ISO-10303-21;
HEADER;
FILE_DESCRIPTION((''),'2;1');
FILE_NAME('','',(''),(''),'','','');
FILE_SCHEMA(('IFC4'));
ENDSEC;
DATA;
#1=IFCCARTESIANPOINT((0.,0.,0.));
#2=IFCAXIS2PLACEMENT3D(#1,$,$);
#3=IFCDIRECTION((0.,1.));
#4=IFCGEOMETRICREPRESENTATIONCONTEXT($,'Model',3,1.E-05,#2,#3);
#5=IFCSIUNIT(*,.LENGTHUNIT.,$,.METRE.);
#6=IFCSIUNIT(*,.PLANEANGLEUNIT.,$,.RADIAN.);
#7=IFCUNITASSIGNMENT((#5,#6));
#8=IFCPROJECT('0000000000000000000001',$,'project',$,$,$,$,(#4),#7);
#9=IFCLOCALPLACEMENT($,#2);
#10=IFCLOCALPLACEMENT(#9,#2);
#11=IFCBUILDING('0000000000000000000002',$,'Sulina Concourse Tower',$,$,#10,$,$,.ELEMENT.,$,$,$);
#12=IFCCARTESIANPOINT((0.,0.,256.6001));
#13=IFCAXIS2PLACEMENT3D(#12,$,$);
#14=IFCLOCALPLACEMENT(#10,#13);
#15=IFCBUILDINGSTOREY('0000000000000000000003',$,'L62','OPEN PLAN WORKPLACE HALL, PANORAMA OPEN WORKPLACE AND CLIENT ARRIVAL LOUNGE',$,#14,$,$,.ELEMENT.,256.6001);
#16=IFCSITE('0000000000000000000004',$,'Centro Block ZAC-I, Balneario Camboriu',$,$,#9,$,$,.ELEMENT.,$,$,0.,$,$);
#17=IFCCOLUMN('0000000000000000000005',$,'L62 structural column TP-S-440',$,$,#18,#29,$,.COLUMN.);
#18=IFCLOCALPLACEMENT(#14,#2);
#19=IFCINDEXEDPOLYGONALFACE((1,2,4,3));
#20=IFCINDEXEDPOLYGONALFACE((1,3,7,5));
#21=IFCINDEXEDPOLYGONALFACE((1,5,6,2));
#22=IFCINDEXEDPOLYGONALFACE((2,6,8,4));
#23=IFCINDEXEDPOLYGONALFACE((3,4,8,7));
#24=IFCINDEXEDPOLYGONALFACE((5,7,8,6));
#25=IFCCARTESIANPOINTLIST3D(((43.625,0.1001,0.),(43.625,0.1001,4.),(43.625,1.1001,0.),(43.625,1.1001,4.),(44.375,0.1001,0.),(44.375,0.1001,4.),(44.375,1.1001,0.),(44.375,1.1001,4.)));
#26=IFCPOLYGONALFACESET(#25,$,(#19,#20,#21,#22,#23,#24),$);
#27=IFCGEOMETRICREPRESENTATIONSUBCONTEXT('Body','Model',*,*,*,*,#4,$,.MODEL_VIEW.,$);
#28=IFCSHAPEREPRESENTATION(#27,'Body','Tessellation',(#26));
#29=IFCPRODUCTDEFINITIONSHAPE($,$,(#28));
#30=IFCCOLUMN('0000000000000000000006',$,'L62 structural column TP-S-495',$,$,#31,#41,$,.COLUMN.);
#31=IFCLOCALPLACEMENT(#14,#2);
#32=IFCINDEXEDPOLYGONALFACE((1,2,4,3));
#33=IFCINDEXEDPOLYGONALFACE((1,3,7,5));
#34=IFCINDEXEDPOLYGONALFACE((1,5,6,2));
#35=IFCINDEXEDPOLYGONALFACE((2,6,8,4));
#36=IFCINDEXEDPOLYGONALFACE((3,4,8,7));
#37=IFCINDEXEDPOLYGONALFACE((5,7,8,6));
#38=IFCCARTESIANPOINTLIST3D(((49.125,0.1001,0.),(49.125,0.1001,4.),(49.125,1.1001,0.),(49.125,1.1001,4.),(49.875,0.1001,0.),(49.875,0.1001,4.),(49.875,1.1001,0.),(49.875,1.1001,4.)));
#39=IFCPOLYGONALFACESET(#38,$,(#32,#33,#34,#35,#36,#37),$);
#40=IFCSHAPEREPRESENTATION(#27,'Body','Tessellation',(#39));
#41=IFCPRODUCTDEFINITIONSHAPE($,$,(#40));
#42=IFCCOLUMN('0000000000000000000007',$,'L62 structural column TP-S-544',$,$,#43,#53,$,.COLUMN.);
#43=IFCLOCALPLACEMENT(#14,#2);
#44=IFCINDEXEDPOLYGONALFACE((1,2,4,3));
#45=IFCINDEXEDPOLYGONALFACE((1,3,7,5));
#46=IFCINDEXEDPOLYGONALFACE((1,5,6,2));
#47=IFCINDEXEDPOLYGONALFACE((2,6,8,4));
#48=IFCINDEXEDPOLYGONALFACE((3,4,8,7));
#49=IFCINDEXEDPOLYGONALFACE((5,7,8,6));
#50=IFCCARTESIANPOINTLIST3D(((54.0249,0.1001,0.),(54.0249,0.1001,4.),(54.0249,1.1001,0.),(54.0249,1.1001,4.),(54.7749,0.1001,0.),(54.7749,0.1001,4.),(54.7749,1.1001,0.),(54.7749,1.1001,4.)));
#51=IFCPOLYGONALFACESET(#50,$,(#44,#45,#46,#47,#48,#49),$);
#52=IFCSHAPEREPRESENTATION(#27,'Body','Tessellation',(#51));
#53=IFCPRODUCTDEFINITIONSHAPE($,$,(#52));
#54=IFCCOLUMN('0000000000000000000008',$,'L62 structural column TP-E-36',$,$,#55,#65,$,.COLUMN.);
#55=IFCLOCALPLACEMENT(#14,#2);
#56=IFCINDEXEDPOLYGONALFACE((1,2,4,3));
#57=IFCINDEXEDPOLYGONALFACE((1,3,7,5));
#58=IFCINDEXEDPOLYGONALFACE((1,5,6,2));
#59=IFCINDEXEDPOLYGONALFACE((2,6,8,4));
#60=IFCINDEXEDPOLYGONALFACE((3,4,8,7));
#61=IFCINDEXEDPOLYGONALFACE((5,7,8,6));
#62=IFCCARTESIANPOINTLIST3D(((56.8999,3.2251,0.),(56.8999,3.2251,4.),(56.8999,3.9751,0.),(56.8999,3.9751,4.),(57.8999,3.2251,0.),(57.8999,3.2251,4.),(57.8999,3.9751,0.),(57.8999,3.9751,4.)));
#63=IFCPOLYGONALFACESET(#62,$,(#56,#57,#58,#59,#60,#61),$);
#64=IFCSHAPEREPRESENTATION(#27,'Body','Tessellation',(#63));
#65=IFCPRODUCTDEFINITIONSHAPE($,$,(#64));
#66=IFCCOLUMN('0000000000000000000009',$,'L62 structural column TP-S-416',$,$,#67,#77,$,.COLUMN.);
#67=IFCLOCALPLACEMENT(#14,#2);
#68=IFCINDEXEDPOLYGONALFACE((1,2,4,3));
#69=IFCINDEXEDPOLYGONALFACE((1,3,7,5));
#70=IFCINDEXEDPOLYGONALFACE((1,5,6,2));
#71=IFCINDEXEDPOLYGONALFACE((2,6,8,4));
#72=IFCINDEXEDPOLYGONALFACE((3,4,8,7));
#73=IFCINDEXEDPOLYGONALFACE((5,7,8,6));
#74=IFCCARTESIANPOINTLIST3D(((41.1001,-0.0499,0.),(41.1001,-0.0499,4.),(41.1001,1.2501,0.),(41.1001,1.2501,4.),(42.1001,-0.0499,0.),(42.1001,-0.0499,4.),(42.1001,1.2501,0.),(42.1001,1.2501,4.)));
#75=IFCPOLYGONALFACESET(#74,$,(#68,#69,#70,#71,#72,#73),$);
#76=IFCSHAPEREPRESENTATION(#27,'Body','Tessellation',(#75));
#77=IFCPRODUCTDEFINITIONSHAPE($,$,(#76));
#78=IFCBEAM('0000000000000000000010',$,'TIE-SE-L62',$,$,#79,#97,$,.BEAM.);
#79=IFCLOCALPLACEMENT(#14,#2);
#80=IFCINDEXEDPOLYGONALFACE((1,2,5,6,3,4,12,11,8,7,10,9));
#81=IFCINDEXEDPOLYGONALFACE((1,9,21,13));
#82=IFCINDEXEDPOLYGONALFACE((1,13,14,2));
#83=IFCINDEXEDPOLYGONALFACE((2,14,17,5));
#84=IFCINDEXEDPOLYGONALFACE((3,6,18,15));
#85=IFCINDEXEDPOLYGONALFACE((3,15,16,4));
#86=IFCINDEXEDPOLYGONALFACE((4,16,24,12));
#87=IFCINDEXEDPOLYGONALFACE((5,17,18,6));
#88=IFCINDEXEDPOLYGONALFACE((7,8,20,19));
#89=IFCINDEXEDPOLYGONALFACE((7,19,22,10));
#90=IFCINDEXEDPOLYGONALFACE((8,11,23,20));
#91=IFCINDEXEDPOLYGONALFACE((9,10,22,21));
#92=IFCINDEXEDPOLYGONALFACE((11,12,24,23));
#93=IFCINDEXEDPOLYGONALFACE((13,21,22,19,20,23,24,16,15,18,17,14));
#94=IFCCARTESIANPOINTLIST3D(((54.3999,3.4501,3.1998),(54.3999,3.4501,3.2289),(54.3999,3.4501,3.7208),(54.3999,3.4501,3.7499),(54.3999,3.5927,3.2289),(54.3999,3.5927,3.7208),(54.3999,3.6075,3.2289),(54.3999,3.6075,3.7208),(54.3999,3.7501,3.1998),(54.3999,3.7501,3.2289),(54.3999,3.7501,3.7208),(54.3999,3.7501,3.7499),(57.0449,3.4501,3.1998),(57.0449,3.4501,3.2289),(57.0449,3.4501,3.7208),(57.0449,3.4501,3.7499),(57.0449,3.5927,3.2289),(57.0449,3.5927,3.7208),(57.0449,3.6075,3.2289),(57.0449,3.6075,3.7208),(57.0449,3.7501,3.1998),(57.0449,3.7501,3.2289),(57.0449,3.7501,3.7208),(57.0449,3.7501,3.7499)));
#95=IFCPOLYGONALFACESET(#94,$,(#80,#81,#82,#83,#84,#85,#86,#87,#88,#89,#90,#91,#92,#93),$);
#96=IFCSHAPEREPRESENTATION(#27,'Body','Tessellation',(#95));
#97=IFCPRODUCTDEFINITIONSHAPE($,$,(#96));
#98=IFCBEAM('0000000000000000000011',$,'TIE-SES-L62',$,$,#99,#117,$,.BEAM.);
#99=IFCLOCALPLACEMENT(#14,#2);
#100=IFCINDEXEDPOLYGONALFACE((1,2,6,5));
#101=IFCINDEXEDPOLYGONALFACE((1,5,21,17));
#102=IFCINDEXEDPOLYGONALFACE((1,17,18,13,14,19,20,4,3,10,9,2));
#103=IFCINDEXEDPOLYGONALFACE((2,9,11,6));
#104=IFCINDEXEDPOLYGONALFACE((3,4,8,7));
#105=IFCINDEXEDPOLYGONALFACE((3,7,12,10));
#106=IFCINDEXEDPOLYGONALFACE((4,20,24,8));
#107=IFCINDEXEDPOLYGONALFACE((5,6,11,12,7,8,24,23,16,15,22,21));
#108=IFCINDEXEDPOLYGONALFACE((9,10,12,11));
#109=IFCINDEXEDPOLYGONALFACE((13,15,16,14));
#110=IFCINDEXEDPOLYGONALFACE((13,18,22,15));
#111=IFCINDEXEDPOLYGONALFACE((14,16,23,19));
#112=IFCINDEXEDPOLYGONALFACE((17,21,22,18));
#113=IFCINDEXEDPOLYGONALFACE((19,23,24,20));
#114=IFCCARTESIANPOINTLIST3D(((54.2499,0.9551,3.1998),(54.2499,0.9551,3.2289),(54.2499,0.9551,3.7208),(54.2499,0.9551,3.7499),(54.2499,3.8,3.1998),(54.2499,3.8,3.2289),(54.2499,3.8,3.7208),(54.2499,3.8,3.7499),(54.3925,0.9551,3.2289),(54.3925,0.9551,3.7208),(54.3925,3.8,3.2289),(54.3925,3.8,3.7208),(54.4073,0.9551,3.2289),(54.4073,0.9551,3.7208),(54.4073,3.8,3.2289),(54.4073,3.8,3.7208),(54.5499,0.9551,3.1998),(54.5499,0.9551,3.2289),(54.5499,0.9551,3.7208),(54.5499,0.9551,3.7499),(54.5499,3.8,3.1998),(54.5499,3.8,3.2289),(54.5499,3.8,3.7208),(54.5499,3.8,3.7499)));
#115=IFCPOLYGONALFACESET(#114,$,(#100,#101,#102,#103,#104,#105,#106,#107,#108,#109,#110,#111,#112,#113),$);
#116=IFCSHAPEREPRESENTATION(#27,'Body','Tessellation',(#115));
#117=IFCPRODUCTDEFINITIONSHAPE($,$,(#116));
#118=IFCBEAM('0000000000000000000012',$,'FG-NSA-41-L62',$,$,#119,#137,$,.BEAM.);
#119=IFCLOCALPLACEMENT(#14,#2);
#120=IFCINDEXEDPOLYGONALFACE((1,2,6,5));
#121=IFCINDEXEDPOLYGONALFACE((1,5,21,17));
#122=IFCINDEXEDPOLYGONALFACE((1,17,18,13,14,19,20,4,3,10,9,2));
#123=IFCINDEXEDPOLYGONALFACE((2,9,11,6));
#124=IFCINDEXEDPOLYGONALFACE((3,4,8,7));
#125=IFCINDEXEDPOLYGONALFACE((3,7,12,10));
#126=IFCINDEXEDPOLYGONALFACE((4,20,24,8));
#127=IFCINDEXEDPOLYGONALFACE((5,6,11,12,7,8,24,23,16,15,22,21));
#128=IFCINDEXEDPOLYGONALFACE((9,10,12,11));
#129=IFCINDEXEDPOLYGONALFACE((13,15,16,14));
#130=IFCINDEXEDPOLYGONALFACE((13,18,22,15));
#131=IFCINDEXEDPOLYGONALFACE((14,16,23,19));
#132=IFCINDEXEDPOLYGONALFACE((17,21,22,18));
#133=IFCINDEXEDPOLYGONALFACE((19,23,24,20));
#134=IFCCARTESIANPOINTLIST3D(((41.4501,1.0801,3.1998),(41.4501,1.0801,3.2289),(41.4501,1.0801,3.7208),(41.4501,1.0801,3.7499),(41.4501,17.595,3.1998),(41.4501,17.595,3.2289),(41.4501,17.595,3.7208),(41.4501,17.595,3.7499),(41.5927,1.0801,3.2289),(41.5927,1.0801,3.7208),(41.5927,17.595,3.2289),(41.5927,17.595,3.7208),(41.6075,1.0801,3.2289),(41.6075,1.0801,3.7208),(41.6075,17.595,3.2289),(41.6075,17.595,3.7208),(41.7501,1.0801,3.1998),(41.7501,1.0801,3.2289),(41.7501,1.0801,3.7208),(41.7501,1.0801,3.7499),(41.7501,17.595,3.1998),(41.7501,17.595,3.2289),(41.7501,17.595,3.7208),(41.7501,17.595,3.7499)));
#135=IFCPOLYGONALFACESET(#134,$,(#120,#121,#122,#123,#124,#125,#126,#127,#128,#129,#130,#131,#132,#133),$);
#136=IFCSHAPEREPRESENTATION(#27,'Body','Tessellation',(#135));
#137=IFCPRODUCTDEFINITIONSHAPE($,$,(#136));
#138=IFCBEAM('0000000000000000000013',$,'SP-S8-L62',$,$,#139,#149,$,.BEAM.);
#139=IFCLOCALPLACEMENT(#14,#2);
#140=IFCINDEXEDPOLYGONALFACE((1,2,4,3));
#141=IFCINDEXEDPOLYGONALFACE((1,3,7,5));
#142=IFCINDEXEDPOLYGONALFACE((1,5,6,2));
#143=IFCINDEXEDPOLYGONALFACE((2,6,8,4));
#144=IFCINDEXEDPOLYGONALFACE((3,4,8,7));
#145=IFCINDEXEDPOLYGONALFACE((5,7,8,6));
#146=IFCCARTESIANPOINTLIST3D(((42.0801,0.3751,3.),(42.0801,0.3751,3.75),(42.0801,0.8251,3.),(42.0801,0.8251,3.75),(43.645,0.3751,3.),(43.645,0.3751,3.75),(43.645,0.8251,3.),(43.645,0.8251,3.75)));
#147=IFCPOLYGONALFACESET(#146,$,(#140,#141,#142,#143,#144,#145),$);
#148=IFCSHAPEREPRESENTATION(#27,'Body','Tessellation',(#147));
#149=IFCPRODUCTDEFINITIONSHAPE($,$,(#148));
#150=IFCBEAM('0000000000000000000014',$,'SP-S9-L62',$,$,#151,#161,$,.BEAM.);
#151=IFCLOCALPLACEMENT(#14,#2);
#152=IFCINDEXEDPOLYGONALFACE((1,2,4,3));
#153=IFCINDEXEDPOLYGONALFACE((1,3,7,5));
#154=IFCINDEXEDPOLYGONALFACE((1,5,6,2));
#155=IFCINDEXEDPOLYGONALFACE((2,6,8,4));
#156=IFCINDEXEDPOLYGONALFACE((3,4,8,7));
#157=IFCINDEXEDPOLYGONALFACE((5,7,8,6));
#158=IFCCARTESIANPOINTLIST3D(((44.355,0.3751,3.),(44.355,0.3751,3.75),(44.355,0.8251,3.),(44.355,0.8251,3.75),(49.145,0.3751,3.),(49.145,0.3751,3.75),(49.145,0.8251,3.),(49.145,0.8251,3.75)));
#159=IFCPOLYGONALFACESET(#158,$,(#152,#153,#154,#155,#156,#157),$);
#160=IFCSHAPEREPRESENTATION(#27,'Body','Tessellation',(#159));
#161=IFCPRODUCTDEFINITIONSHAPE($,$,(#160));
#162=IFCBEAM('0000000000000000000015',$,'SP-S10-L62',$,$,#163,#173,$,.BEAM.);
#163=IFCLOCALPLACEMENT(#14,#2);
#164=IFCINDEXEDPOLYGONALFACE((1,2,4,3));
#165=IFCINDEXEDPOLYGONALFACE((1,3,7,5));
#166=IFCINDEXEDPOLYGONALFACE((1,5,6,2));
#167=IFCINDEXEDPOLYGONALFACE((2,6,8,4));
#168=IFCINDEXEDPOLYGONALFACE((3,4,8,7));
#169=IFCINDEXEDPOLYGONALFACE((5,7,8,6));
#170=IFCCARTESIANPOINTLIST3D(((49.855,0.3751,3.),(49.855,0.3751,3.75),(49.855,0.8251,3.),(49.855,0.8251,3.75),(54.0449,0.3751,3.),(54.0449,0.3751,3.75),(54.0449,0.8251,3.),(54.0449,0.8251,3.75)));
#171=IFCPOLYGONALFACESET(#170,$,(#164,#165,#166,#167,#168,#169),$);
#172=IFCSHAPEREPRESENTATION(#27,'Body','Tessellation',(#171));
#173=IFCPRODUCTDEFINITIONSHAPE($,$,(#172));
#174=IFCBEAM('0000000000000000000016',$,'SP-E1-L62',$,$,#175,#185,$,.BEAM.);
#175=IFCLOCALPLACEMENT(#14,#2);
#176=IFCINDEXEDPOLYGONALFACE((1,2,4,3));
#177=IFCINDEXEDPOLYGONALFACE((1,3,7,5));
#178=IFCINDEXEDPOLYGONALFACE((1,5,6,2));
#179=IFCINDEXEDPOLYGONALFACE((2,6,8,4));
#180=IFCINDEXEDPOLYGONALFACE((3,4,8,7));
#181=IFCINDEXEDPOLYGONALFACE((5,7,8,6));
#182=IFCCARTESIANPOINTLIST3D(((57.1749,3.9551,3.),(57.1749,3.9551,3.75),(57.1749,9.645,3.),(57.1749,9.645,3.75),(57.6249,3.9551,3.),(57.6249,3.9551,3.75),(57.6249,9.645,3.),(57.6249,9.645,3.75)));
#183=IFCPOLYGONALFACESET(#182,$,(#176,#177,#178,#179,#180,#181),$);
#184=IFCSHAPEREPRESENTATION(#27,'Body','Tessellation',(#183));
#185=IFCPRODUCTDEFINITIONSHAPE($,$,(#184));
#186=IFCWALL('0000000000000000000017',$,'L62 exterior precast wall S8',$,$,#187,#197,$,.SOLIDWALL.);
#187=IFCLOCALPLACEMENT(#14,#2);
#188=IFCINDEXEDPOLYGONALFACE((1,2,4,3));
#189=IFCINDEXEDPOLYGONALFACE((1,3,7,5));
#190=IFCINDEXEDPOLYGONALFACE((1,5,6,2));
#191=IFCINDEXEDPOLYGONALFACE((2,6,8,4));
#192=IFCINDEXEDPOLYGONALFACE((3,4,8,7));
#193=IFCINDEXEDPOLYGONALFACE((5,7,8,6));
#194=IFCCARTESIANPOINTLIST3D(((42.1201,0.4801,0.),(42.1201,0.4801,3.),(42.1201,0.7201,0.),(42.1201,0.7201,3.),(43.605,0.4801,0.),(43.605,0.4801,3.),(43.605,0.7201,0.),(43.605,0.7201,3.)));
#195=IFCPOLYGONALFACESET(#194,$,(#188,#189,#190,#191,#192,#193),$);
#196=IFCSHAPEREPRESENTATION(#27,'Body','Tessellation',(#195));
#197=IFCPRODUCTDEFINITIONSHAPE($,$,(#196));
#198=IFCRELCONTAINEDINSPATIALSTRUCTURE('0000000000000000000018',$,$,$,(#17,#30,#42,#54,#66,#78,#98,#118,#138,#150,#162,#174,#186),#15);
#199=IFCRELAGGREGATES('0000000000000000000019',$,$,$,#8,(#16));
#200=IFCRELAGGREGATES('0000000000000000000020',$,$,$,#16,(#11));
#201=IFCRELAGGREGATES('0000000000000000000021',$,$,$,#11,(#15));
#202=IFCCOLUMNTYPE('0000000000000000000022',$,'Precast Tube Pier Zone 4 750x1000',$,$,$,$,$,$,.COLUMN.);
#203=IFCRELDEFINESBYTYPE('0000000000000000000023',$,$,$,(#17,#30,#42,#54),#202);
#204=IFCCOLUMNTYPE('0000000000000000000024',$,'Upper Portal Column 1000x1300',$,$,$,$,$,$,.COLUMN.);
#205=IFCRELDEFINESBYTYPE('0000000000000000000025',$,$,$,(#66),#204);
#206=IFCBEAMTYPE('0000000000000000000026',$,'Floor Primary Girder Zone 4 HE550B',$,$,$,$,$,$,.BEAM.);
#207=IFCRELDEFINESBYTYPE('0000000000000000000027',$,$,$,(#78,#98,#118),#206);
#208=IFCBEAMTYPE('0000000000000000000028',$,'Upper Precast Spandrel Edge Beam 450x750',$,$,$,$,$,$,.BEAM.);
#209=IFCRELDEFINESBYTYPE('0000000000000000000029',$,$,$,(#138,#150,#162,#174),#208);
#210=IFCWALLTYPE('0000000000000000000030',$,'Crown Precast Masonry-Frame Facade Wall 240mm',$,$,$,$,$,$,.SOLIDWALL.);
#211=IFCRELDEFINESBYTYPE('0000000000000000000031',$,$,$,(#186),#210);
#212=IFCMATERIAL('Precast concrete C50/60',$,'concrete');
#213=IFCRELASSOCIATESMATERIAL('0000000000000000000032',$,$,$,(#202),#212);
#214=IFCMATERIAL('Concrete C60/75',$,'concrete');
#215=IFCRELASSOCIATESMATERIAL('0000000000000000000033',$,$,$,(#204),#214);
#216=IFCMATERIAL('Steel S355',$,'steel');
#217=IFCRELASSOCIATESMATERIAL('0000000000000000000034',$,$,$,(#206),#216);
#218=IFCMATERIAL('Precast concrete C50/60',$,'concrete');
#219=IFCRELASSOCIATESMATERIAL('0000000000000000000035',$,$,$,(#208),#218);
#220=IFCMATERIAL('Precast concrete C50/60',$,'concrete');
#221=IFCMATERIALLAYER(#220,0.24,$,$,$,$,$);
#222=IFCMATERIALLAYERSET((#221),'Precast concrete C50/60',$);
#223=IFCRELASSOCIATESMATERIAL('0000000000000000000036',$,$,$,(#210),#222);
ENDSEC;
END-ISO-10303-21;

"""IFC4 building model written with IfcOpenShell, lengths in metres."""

from ifc_helpers import new_model, si_unit, direction, frame, frame_2d, origin, origin_2d, place, context, subcontext, project, spatial, rectangle, i_section, extrude, material, layer, layer_set, material_profile, profile_set, type_object, element, save


model = new_model("IFC4")

# Units and contexts
model_context = context("Model", 3, precision=1e-05, world=origin(), true_north=direction((0.0, 1.0)))
body_context = subcontext(model_context, "Body", "Model", "MODEL_VIEW")
ifc_project = project(units=[si_unit("LENGTHUNIT", "METRE"), si_unit("PLANEANGLEUNIT", "RADIAN")], contexts=[model_context])

# Site, building, storey
site_placement = place(None, origin())
site = spatial("IfcSite", under=ifc_project, at=site_placement, Name="Centro Block ZAC-I, Balneario Camboriu", CompositionType="ELEMENT", RefElevation=0.0)
building_placement = place(site_placement, origin())
building = spatial("IfcBuilding", under=site, at=building_placement, Name="Sulina Concourse Tower", CompositionType="ELEMENT")
storey_placement = place(building_placement, frame((0.0, 0.0, 256.6001)))
storey = spatial("IfcBuildingStorey", under=building, at=storey_placement, Name="L62", Description="OPEN PLAN WORKPLACE HALL, PANORAMA OPEN WORKPLACE AND CLIENT ARRIVAL LOUNGE", CompositionType="ELEMENT", Elevation=256.6001)

# Columns
ifc_material_1 = material(Name="Precast concrete C50/60", Category="concrete")
ifc_material_profile_1 = material_profile(ifc_material_1, rectangle(XDim=0.75, YDim=1.0, at=origin_2d()), Name="PC 750x1000")
ifc_profile_set_1 = profile_set([ifc_material_profile_1], Name="Precast concrete C50/60")
column_type_1 = type_object("IfcColumnType", Name="Precast Tube Pier Zone 4 750x1000", PredefinedType="COLUMN", material=ifc_profile_set_1)
for number, where, z_axis, x_axis, name in (
    (1, (44.0, 0.6001, 0.0), (0.0, 0.0, 1.0), (1.0, 0.0, 0.0), "L62 structural column TP-S-440"),
    (2, (49.5, 0.6001, 0.0), (0.0, 0.0, 1.0), (1.0, 0.0, 0.0), "L62 structural column TP-S-495"),
    (3, (54.3999, 0.6001, 0.0), (0.0, 0.0, 1.0), (1.0, 0.0, 0.0), "L62 structural column TP-S-544"),
    (4, (57.3999, 3.6001, 0.0), (0.0, 0.0, 1.0), (0.0, 1.0, 0.0), "L62 structural column TP-E-36"),
):
    element("IfcColumn", number, at=place(storey_placement, frame(where, z_axis=z_axis, x_axis=x_axis)), inside=storey, type_object=column_type_1, Name=name, PredefinedType="COLUMN", context=body_context, shape_type="SweptSolid", body=[
        extrude(rectangle(XDim=0.75, YDim=1.0, at=origin_2d()), origin(), (0.0, 0.0, 1.0), 4.0),
    ])
ifc_material_2 = material(Name="Concrete C60/75", Category="concrete")
ifc_material_profile_2 = material_profile(ifc_material_2, rectangle(XDim=1.0, YDim=1.3, at=origin_2d()), Name="RC 1000x1300")
ifc_profile_set_2 = profile_set([ifc_material_profile_2], Name="Concrete C60/75")
column_type_2 = type_object("IfcColumnType", Name="Upper Portal Column 1000x1300", PredefinedType="COLUMN", material=ifc_profile_set_2)
column_placement = place(storey_placement, frame((41.6001, 0.6001, 0.0), z_axis=(0.0, 0.0, 1.0), x_axis=(1.0, 0.0, 0.0)))
element("IfcColumn", 5, at=column_placement, inside=storey, type_object=column_type_2, Name="L62 structural column TP-S-416", PredefinedType="COLUMN", context=body_context, shape_type="SweptSolid", body=[
    extrude(rectangle(XDim=1.0, YDim=1.3, at=origin_2d()), origin(), (0.0, 0.0, 1.0), 4.0),
])

# Beams
ifc_material_3 = material(Name="Steel S355", Category="steel")
ifc_material_profile_3 = material_profile(ifc_material_3, i_section(OverallWidth=0.3, OverallDepth=0.55, WebThickness=0.0149, FlangeThickness=0.0291, at=origin_2d()), Name="HE 550 B")
ifc_profile_set_3 = profile_set([ifc_material_profile_3], Name="Steel S355")
beam_type_1 = type_object("IfcBeamType", Name="Floor Primary Girder Zone 4 HE550B", PredefinedType="BEAM", material=ifc_profile_set_3)
beam_1_placement = place(storey_placement, frame((54.3999, 3.6001, 3.4749), z_axis=(1.0, 0.0, 0.0), x_axis=(0.0, 1.0, 0.0)))
element("IfcBeam", 6, at=beam_1_placement, inside=storey, type_object=beam_type_1, Name="TIE-SE-L62", PredefinedType="BEAM", context=body_context, shape_type="SweptSolid", body=[
    extrude(i_section(OverallWidth=0.3, OverallDepth=0.55, WebThickness=0.0149, FlangeThickness=0.0291, at=origin_2d()), origin(), (0.0, 0.0, 1.0), 2.645),
])
beam_2_placement = place(storey_placement, frame((54.3999, 0.9551, 3.4749), z_axis=(0.0, 1.0, 0.0), x_axis=(-1.0, 0.0, 0.0)))
element("IfcBeam", 7, at=beam_2_placement, inside=storey, type_object=beam_type_1, Name="TIE-SES-L62", PredefinedType="BEAM", context=body_context, shape_type="SweptSolid", body=[
    extrude(i_section(OverallWidth=0.3, OverallDepth=0.55, WebThickness=0.0149, FlangeThickness=0.0291, at=origin_2d()), origin(), (0.0, 0.0, 1.0), 2.845),
])
beam_3_placement = place(storey_placement, frame((41.6001, 1.0801, 3.4749), z_axis=(0.0, 1.0, 0.0), x_axis=(-1.0, 0.0, 0.0)))
element("IfcBeam", 8, at=beam_3_placement, inside=storey, type_object=beam_type_1, Name="FG-NSA-41-L62", PredefinedType="BEAM", context=body_context, shape_type="SweptSolid", body=[
    extrude(i_section(OverallWidth=0.3, OverallDepth=0.55, WebThickness=0.0149, FlangeThickness=0.0291, at=origin_2d()), origin(), (0.0, 0.0, 1.0), 16.5149),
])
ifc_material_4 = material(Name="Precast concrete C50/60", Category="concrete")
ifc_material_profile_4 = material_profile(ifc_material_4, rectangle(XDim=0.45, YDim=0.75, at=origin_2d()), Name="RC 450x750")
ifc_profile_set_4 = profile_set([ifc_material_profile_4], Name="Precast concrete C50/60")
beam_type_2 = type_object("IfcBeamType", Name="Upper Precast Spandrel Edge Beam 450x750", PredefinedType="BEAM", material=ifc_profile_set_4)
beam_4_placement = place(storey_placement, frame((42.0801, 0.6001, 3.375), z_axis=(1.0, 0.0, 0.0), x_axis=(0.0, 1.0, 0.0)))
element("IfcBeam", 9, at=beam_4_placement, inside=storey, type_object=beam_type_2, Name="SP-S8-L62", PredefinedType="BEAM", context=body_context, shape_type="SweptSolid", body=[
    extrude(rectangle(XDim=0.45, YDim=0.75, at=origin_2d()), origin(), (0.0, 0.0, 1.0), 1.5649),
])
beam_5_placement = place(storey_placement, frame((44.355, 0.6001, 3.375), z_axis=(1.0, 0.0, 0.0), x_axis=(0.0, 1.0, 0.0)))
element("IfcBeam", 10, at=beam_5_placement, inside=storey, type_object=beam_type_2, Name="SP-S9-L62", PredefinedType="BEAM", context=body_context, shape_type="SweptSolid", body=[
    extrude(rectangle(XDim=0.45, YDim=0.75, at=origin_2d()), origin(), (0.0, 0.0, 1.0), 4.79),
])
beam_6_placement = place(storey_placement, frame((49.855, 0.6001, 3.375), z_axis=(1.0, 0.0, 0.0), x_axis=(0.0, 1.0, 0.0)))
element("IfcBeam", 11, at=beam_6_placement, inside=storey, type_object=beam_type_2, Name="SP-S10-L62", PredefinedType="BEAM", context=body_context, shape_type="SweptSolid", body=[
    extrude(rectangle(XDim=0.45, YDim=0.75, at=origin_2d()), origin(), (0.0, 0.0, 1.0), 4.1899),
])
beam_7_placement = place(storey_placement, frame((57.3999, 3.9551, 3.375), z_axis=(0.0, 1.0, 0.0), x_axis=(-1.0, 0.0, 0.0)))
element("IfcBeam", 12, at=beam_7_placement, inside=storey, type_object=beam_type_2, Name="SP-E1-L62", PredefinedType="BEAM", context=body_context, shape_type="SweptSolid", body=[
    extrude(rectangle(XDim=0.45, YDim=0.75, at=origin_2d()), origin(), (0.0, 0.0, 1.0), 5.6899),
])

# Wall
ifc_material_5 = material(Name="Precast concrete C50/60", Category="concrete")
ifc_layer_1 = layer(ifc_material_5, 0.24)
ifc_layer_set_1 = layer_set([ifc_layer_1], Name="Precast concrete C50/60")
wall_type_1 = type_object("IfcWallType", Name="Crown Precast Masonry-Frame Facade Wall 240mm", PredefinedType="SOLIDWALL", material=ifc_layer_set_1)
wall_1_placement = place(storey_placement, frame((43.605, 0.6001, 0.0), z_axis=(0.0, 0.0, 1.0), x_axis=(-1.0, 0.0, 0.0)))
element("IfcWall", 13, at=wall_1_placement, inside=storey, type_object=wall_type_1, Name="L62 exterior precast wall S8", PredefinedType="SOLIDWALL", context=body_context, shape_type="SweptSolid", body=[
    extrude(rectangle(XDim=1.4849, YDim=0.24, at=frame_2d((0.7424, 0.0))), origin(), (0.0, 0.0, 1.0), 3.0),
])

save(model, "model.ifc")
